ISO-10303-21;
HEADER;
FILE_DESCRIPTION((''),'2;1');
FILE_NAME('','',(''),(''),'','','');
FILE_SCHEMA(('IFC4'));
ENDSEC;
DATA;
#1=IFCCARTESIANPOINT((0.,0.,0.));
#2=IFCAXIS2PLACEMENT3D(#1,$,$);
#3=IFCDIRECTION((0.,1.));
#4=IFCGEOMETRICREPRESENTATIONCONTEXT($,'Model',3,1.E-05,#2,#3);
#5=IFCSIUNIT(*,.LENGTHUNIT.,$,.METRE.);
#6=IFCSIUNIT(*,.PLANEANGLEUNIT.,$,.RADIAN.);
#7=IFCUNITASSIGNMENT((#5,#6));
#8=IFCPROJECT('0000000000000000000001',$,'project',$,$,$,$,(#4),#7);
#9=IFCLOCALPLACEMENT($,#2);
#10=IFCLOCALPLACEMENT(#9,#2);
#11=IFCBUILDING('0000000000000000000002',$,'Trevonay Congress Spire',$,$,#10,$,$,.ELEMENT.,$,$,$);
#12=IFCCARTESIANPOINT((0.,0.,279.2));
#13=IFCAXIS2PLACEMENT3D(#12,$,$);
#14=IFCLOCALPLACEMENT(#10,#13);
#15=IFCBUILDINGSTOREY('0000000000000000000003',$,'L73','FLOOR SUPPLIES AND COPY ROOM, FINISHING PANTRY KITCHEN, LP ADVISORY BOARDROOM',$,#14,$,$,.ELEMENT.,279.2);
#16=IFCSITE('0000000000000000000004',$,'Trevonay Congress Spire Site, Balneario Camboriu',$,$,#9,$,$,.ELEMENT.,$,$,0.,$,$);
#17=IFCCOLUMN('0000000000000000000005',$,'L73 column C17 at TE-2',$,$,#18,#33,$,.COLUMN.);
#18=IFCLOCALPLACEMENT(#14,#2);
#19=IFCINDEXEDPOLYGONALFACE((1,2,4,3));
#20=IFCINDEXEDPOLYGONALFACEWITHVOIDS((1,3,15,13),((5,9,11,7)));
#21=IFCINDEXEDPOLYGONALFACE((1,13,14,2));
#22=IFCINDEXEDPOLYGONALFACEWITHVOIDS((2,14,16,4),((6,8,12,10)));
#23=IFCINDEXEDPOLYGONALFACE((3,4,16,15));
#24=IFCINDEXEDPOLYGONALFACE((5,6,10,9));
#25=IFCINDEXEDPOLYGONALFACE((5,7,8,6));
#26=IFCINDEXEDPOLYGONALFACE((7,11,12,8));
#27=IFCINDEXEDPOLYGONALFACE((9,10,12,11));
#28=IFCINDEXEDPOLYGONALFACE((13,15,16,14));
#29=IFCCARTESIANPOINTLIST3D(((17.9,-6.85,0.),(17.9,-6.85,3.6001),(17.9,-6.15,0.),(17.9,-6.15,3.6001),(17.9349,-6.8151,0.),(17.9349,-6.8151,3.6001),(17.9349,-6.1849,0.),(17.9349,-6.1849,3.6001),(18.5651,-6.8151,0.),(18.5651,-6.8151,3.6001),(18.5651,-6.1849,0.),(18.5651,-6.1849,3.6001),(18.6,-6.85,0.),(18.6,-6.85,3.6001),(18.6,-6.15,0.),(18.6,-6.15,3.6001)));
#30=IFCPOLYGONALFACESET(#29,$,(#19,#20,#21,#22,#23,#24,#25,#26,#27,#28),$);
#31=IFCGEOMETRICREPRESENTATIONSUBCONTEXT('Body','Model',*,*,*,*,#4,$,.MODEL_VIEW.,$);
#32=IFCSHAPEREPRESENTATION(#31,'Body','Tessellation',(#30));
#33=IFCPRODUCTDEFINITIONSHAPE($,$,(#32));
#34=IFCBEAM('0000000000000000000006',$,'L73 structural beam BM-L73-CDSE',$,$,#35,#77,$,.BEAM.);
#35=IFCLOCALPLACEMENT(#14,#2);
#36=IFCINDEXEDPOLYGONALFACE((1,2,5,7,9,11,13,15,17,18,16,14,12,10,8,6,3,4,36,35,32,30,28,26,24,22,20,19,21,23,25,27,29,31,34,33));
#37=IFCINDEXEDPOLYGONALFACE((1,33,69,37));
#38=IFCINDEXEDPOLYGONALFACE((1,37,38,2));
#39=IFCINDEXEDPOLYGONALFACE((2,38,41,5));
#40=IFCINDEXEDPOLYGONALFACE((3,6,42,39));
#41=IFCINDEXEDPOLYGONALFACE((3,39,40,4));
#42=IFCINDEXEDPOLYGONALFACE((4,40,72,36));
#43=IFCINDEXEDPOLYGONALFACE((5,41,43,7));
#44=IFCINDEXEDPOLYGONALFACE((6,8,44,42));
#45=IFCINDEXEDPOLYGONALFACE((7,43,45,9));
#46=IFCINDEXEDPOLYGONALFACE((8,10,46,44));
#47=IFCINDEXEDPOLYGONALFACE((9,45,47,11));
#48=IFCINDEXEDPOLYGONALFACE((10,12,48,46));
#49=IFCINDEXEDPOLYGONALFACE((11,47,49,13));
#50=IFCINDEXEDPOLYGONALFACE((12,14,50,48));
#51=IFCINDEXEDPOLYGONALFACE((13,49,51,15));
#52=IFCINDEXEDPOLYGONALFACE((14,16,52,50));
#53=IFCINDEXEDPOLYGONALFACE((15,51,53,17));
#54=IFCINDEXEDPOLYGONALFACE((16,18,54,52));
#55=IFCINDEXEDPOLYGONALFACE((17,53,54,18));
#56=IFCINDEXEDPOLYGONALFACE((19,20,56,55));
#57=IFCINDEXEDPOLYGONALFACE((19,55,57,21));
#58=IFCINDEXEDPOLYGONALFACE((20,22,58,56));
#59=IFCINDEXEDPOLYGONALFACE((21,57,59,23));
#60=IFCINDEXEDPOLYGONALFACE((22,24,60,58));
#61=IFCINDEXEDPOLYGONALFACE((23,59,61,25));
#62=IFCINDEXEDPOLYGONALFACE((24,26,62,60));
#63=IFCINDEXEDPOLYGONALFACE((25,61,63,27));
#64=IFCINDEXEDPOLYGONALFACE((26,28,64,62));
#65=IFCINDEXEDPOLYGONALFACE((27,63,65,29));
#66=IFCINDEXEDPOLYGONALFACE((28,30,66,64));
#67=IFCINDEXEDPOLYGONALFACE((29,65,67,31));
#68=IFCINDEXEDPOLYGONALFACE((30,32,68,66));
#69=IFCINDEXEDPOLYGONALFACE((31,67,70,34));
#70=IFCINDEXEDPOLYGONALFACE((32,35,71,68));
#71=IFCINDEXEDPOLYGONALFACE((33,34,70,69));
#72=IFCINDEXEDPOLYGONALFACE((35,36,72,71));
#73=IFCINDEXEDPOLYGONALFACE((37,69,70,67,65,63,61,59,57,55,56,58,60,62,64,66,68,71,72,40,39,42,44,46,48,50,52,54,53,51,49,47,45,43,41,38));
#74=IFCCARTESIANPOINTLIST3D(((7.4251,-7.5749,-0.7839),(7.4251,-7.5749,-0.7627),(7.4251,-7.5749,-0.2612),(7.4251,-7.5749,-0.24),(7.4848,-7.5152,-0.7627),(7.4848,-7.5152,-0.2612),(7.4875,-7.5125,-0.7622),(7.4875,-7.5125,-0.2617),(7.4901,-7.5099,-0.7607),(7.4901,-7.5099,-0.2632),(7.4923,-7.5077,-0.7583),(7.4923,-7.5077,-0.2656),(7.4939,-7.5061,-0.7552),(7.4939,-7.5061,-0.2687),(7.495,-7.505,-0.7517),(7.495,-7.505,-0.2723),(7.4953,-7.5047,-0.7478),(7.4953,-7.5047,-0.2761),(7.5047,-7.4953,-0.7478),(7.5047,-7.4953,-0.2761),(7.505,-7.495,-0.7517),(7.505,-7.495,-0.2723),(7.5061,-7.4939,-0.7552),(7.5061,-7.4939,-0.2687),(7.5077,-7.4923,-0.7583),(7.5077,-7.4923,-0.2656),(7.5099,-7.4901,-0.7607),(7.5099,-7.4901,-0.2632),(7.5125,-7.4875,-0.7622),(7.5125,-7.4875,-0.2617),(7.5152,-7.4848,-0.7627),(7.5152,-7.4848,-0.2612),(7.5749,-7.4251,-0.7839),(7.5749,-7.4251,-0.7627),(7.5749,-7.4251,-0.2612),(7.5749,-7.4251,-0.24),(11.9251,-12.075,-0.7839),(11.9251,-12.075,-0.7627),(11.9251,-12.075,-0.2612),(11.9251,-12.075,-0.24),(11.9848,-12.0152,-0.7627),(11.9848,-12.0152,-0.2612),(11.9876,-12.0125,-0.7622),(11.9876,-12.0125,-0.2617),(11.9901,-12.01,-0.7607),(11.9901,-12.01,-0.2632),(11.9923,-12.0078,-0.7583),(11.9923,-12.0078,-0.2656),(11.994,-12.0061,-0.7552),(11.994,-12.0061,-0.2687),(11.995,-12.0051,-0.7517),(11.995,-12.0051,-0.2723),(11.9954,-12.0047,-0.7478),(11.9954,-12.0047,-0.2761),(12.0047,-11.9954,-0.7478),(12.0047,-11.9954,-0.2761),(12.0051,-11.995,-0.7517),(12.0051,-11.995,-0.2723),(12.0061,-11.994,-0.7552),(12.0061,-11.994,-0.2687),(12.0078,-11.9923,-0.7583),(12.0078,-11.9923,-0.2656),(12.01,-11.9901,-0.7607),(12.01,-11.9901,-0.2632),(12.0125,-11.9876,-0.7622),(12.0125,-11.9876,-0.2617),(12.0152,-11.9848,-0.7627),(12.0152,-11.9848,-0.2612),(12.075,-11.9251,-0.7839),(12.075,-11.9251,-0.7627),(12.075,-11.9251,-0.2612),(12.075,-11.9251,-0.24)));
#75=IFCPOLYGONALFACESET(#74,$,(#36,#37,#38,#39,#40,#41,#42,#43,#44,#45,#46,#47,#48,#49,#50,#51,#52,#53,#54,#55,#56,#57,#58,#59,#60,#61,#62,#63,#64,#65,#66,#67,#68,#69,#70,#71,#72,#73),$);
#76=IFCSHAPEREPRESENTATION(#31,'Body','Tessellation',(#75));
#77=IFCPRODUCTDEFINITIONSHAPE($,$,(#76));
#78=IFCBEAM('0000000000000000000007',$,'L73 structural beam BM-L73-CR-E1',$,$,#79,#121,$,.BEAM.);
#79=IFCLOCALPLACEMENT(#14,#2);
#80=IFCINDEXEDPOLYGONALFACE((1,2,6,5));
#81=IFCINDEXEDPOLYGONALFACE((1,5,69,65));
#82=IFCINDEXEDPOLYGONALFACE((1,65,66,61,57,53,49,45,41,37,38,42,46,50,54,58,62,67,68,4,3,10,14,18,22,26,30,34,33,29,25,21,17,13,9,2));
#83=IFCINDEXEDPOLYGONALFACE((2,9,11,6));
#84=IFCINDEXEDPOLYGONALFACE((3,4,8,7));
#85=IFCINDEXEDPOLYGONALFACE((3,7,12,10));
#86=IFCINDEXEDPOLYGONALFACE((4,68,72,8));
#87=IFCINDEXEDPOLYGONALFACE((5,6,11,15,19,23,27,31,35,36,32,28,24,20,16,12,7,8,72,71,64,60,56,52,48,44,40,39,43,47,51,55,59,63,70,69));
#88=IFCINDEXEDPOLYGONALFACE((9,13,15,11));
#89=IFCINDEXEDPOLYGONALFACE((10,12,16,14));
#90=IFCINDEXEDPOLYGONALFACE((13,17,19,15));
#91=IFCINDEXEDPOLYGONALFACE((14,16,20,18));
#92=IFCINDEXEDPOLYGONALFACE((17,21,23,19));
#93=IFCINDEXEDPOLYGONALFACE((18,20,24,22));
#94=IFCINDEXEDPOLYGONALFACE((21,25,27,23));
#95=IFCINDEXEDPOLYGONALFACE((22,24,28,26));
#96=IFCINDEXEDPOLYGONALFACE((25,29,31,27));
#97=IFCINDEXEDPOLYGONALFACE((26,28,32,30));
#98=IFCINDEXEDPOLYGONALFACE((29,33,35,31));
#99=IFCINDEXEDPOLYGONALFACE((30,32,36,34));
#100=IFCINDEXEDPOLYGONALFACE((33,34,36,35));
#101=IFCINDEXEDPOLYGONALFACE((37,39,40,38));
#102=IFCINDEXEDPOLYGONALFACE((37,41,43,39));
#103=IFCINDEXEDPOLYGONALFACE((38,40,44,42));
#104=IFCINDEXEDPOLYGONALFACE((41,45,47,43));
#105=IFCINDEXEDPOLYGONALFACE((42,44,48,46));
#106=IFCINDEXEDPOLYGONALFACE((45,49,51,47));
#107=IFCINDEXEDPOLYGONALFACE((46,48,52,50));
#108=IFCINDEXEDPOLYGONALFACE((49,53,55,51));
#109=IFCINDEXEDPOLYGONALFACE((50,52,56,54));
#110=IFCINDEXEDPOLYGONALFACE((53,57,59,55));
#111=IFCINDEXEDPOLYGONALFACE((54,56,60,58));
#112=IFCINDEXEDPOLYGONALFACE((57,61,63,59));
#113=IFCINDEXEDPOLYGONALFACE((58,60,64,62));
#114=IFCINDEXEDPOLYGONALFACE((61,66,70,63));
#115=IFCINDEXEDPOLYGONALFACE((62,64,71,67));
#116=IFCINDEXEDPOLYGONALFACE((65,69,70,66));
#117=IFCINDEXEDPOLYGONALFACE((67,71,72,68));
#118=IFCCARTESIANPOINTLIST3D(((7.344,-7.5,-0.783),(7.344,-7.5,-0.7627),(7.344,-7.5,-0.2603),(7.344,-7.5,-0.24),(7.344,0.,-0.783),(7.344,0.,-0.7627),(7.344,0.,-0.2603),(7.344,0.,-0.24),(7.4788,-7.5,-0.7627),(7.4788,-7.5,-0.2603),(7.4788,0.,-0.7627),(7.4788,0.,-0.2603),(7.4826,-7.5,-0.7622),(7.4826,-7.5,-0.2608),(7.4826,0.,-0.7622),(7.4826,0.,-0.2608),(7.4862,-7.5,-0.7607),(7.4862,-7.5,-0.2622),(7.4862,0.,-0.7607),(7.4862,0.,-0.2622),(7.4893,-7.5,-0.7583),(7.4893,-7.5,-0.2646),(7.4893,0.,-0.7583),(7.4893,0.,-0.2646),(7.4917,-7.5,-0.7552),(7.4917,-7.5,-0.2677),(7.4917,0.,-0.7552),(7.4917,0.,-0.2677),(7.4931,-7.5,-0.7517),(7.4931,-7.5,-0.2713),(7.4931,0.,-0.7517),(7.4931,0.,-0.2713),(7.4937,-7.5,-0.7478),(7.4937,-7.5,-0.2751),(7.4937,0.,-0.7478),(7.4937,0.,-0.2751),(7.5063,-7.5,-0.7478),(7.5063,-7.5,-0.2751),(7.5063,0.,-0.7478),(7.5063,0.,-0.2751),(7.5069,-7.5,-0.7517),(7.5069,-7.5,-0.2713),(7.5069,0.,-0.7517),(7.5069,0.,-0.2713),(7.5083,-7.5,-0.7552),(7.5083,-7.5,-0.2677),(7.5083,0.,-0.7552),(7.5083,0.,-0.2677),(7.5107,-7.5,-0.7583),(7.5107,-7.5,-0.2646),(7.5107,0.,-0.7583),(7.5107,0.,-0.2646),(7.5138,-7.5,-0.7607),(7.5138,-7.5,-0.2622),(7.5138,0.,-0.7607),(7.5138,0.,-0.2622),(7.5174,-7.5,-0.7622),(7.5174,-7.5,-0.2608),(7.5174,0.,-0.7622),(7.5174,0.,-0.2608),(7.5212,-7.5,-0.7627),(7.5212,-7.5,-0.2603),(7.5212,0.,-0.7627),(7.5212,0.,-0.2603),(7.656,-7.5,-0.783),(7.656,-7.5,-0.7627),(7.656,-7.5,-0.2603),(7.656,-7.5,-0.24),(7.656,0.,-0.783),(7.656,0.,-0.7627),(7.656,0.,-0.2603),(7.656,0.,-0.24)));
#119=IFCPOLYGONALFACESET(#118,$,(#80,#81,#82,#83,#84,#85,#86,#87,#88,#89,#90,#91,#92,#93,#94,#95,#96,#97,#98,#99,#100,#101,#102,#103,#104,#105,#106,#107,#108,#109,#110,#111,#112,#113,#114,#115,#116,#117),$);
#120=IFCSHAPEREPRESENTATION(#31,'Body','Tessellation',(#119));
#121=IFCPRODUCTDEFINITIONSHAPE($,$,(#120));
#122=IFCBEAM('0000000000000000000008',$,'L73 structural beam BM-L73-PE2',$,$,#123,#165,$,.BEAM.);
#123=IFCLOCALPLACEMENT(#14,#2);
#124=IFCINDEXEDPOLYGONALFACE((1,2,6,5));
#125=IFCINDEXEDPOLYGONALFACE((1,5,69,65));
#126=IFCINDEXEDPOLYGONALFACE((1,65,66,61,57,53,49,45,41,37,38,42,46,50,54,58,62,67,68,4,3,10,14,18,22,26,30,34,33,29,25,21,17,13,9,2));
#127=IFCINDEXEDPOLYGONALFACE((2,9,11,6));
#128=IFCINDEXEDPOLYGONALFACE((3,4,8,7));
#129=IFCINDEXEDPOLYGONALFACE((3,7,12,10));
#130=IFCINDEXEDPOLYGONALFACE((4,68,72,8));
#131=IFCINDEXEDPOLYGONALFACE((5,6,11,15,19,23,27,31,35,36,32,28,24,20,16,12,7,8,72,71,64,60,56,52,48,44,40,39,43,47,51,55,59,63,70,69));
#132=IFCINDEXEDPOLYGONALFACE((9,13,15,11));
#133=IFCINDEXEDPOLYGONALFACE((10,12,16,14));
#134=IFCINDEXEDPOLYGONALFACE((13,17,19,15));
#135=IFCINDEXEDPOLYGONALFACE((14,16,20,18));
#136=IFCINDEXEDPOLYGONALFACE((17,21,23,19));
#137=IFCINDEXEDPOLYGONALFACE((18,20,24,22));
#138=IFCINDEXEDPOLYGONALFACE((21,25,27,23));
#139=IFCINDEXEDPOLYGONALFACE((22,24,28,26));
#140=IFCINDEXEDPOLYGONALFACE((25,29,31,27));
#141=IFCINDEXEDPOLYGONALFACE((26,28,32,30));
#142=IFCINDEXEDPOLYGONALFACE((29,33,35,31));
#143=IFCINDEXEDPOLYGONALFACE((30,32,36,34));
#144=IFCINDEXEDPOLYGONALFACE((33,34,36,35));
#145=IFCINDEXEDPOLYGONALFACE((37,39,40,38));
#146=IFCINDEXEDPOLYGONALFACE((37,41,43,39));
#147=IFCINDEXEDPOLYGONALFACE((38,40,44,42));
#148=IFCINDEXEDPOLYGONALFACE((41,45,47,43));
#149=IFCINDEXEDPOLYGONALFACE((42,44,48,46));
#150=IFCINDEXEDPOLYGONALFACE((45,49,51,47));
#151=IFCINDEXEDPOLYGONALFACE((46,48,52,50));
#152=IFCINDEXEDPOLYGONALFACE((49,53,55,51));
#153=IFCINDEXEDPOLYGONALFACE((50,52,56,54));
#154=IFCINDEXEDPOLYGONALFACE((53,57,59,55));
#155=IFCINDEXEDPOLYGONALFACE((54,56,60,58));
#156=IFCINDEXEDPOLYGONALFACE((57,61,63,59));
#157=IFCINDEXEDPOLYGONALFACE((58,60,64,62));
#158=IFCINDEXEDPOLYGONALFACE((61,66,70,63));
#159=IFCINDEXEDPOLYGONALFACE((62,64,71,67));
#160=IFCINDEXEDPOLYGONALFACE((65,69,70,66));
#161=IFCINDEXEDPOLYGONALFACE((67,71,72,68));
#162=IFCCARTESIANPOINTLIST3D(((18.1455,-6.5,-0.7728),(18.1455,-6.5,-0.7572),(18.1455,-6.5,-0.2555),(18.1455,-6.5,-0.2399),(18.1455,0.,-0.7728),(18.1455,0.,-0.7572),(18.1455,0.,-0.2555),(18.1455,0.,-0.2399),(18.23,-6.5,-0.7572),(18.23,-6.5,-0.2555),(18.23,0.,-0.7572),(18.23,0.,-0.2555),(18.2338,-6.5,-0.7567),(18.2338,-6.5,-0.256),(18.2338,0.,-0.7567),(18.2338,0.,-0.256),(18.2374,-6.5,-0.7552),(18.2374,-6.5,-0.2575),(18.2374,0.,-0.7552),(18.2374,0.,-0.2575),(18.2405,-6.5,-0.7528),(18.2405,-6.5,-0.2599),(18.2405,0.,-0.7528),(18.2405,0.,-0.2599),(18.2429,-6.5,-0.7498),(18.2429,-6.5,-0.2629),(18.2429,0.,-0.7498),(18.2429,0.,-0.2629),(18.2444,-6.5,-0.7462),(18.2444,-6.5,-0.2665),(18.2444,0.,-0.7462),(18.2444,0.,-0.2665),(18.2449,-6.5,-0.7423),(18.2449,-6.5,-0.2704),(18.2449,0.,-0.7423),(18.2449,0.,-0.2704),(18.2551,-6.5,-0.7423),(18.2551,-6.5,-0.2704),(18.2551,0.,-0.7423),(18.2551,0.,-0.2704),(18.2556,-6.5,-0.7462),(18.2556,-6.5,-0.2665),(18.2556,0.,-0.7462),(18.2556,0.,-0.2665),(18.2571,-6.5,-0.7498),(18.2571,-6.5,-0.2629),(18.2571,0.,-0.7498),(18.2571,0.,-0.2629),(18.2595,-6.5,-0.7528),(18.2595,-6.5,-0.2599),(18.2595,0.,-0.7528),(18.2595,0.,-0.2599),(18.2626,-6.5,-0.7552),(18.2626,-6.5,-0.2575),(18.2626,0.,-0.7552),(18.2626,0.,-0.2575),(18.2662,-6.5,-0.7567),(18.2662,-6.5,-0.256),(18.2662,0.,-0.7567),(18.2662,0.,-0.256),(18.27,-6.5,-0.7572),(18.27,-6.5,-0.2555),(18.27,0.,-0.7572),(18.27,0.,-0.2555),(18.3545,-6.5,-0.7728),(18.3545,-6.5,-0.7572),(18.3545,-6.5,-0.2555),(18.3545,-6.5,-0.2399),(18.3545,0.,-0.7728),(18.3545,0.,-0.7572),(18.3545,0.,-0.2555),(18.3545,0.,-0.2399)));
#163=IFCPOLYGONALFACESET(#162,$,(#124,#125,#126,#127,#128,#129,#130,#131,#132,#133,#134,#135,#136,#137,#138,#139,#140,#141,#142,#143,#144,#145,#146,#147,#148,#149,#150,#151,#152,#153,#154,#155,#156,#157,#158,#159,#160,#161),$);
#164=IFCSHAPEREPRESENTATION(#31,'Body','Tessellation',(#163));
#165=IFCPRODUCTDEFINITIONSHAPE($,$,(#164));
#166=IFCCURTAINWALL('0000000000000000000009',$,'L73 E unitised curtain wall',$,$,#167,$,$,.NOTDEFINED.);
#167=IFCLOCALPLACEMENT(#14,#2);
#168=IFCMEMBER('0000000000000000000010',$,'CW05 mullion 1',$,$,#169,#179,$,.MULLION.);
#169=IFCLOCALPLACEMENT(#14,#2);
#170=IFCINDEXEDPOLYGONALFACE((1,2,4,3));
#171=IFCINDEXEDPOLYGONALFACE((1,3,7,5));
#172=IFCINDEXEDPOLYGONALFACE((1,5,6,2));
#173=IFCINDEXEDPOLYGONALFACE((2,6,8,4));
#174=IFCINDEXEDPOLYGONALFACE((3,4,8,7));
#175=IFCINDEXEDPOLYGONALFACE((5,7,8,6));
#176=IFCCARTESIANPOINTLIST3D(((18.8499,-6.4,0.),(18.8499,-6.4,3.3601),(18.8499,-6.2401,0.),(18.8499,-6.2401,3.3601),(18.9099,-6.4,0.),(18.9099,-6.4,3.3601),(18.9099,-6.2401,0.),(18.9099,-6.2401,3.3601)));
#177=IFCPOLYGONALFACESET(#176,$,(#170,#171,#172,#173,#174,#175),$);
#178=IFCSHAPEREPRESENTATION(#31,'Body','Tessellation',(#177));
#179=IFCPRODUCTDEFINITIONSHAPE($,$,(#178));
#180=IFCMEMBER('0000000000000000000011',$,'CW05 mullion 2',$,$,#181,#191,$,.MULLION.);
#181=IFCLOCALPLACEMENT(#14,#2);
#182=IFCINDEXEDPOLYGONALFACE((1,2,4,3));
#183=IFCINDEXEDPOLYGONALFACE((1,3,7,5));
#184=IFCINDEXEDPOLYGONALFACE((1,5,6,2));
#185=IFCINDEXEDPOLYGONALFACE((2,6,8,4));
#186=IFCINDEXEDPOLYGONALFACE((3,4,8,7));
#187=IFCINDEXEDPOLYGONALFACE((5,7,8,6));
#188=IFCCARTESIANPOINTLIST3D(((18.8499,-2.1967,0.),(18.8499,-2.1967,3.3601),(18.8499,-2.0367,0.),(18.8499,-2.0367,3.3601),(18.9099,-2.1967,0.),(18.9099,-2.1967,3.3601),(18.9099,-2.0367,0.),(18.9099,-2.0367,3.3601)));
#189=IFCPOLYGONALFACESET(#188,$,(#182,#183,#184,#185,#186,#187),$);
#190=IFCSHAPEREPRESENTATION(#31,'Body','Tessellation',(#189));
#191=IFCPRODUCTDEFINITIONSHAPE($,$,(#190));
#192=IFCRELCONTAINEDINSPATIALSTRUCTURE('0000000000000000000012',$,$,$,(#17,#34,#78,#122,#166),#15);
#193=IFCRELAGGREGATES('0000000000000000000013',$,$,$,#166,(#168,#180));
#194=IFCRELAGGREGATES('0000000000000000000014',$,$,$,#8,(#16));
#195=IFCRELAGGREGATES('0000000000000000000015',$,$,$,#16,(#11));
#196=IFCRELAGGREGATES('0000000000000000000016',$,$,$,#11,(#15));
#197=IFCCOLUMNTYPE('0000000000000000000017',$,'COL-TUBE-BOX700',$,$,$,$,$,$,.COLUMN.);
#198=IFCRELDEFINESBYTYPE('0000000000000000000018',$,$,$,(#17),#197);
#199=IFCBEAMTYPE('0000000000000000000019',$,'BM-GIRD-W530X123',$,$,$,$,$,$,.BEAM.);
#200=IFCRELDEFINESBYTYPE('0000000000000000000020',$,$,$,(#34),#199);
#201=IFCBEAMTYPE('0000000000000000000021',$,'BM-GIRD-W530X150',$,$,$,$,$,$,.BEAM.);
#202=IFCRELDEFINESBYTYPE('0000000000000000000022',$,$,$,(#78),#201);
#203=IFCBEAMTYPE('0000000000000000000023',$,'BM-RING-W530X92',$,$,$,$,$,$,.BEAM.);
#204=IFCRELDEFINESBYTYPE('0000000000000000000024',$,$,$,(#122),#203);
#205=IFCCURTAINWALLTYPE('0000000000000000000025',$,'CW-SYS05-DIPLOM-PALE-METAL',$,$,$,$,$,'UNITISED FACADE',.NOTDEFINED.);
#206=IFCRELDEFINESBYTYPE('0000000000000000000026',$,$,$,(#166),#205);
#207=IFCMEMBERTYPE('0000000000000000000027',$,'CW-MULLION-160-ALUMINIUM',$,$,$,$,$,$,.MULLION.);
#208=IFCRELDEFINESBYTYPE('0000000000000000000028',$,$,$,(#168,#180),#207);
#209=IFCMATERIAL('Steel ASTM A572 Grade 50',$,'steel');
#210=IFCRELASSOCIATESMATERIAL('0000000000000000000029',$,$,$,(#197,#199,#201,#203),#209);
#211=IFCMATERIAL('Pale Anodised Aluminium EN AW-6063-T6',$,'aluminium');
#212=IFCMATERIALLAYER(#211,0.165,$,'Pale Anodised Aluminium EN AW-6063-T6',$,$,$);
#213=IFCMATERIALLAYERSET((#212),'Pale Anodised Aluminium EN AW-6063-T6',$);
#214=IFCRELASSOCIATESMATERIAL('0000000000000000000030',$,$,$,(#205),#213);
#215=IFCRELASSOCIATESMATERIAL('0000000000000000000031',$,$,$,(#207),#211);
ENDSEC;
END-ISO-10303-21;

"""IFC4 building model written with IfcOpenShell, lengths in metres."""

from ifc_helpers import new_model, si_unit, direction, frame, origin, origin_2d, place, context, subcontext, project, spatial, rectangle, hollow_rectangle, i_section, extrude, material, layer, layer_set, material_profile, profile_set, type_object, element, aggregate, save


model = new_model("IFC4")

# Units and contexts
model_context = context("Model", 3, precision=1e-05, world=origin(), true_north=direction((0.0, 1.0)))
body_context = subcontext(model_context, "Body", "Model", "MODEL_VIEW")
ifc_project = project(units=[si_unit("LENGTHUNIT", "METRE"), si_unit("PLANEANGLEUNIT", "RADIAN")], contexts=[model_context])

# Site, building, storey
site_placement = place(None, origin())
site = spatial("IfcSite", under=ifc_project, at=site_placement, Name="Trevonay Congress Spire Site, Balneario Camboriu", CompositionType="ELEMENT", RefElevation=0.0)
building_placement = place(site_placement, origin())
building = spatial("IfcBuilding", under=site, at=building_placement, Name="Trevonay Congress Spire", CompositionType="ELEMENT")
storey_placement = place(building_placement, frame((0.0, 0.0, 279.2)))
storey = spatial("IfcBuildingStorey", under=building, at=storey_placement, Name="L73", Description="FLOOR SUPPLIES AND COPY ROOM, FINISHING PANTRY KITCHEN, LP ADVISORY BOARDROOM", CompositionType="ELEMENT", Elevation=279.2)

# Column
ifc_material_1 = material(Name="Steel ASTM A572 Grade 50", Category="steel")
ifc_material_profile_1 = material_profile(ifc_material_1, hollow_rectangle(XDim=0.7, YDim=0.7, WallThickness=0.0349, at=origin_2d()), Name="BOX 700x700x35")
ifc_profile_set_1 = profile_set([ifc_material_profile_1], Name="Steel ASTM A572 Grade 50")
column_type = type_object("IfcColumnType", Name="COL-TUBE-BOX700", PredefinedType="COLUMN", material=ifc_profile_set_1)
column_placement = place(storey_placement, frame((18.25, -6.5, 0.0), z_axis=(0.0, 0.0, 1.0), x_axis=(1.0, 0.0, 0.0)))
element("IfcColumn", 1, at=column_placement, inside=storey, type_object=column_type, Name="L73 column C17 at TE-2", PredefinedType="COLUMN", context=body_context, shape_type="SweptSolid", body=[
    extrude(hollow_rectangle(XDim=0.7, YDim=0.7, WallThickness=0.0349, at=origin_2d()), origin(), (0.0, 0.0, 1.0), 3.6001),
])

# Beams
ifc_material_profile_2 = material_profile(ifc_material_1, i_section(OverallWidth=0.2119, OverallDepth=0.5439, WebThickness=0.0132, FlangeThickness=0.0212, FilletRadius=0.0149, at=origin_2d()), Name="W530x123")
ifc_profile_set_2 = profile_set([ifc_material_profile_2], Name="Steel ASTM A572 Grade 50")
beam_type_1 = type_object("IfcBeamType", Name="BM-GIRD-W530X123", PredefinedType="BEAM", material=ifc_profile_set_2)
beam_1_placement = place(storey_placement, frame((7.5, -7.5, -0.512), z_axis=(0.707107, -0.707107, 0.0), x_axis=(0.707107, 0.707107, 0.0)))
element("IfcBeam", 2, at=beam_1_placement, inside=storey, type_object=beam_type_1, Name="L73 structural beam BM-L73-CDSE", PredefinedType="BEAM", context=body_context, shape_type="SweptSolid", body=[
    extrude(i_section(OverallWidth=0.2119, OverallDepth=0.5439, WebThickness=0.0132, FlangeThickness=0.0212, FilletRadius=0.0149, at=origin_2d()), origin(), (0.0, 0.0, 1.0), 6.364),
])
ifc_material_profile_3 = material_profile(ifc_material_1, i_section(OverallWidth=0.312, OverallDepth=0.543, WebThickness=0.0127, FlangeThickness=0.0203, FilletRadius=0.0149, at=origin_2d()), Name="W530x150")
ifc_profile_set_3 = profile_set([ifc_material_profile_3], Name="Steel ASTM A572 Grade 50")
beam_type_2 = type_object("IfcBeamType", Name="BM-GIRD-W530X150", PredefinedType="BEAM", material=ifc_profile_set_3)
beam_2_placement = place(storey_placement, frame((7.5, -7.5, -0.5115), z_axis=(0.0, 1.0, 0.0), x_axis=(-1.0, 0.0, 0.0)))
element("IfcBeam", 3, at=beam_2_placement, inside=storey, type_object=beam_type_2, Name="L73 structural beam BM-L73-CR-E1", PredefinedType="BEAM", context=body_context, shape_type="SweptSolid", body=[
    extrude(i_section(OverallWidth=0.312, OverallDepth=0.543, WebThickness=0.0127, FlangeThickness=0.0203, FilletRadius=0.0149, at=origin_2d()), origin(), (0.0, 0.0, 1.0), 7.5),
])
ifc_material_profile_4 = material_profile(ifc_material_1, i_section(OverallWidth=0.209, OverallDepth=0.533, WebThickness=0.0103, FlangeThickness=0.0156, FilletRadius=0.0149, at=origin_2d()), Name="W530x92")
ifc_profile_set_4 = profile_set([ifc_material_profile_4], Name="Steel ASTM A572 Grade 50")
beam_type_3 = type_object("IfcBeamType", Name="BM-RING-W530X92", PredefinedType="BEAM", material=ifc_profile_set_4)
beam_3_placement = place(storey_placement, frame((18.25, -6.5, -0.5063), z_axis=(0.0, 1.0, 0.0), x_axis=(-1.0, 0.0, 0.0)))
element("IfcBeam", 4, at=beam_3_placement, inside=storey, type_object=beam_type_3, Name="L73 structural beam BM-L73-PE2", PredefinedType="BEAM", context=body_context, shape_type="SweptSolid", body=[
    extrude(i_section(OverallWidth=0.209, OverallDepth=0.533, WebThickness=0.0103, FlangeThickness=0.0156, FilletRadius=0.0149, at=origin_2d()), origin(), (0.0, 0.0, 1.0), 6.5),
])

# Curtain wall, members
ifc_material_2 = material(Name="Pale Anodised Aluminium EN AW-6063-T6", Category="aluminium")
ifc_layer_1 = layer(ifc_material_2, 0.165, Name="Pale Anodised Aluminium EN AW-6063-T6")
ifc_layer_set_1 = layer_set([ifc_layer_1], Name="Pale Anodised Aluminium EN AW-6063-T6")
curtain_wall_type = type_object("IfcCurtainWallType", Name="CW-SYS05-DIPLOM-PALE-METAL", ElementType="UNITISED FACADE", PredefinedType="NOTDEFINED", material=ifc_layer_set_1)
curtain_wall_placement = place(storey_placement, origin())
curtain_wall = element("IfcCurtainWall", 5, at=curtain_wall_placement, inside=storey, type_object=curtain_wall_type, Name="L73 E unitised curtain wall", PredefinedType="NOTDEFINED")
ifc_material_profile_5 = material_profile(ifc_material_2, rectangle(XDim=0.0601, YDim=0.1599, at=origin_2d()), Name="CW-MULLION-160-ALUMINIUM")
ifc_profile_set_5 = profile_set([ifc_material_profile_5], Name="Pale Anodised Aluminium EN AW-6063-T6")
member_type_1 = type_object("IfcMemberType", Name="CW-MULLION-160-ALUMINIUM", PredefinedType="MULLION", material=ifc_profile_set_5)
member_1_placement = place(storey_placement, frame((18.8799, -6.3201, 0.0), z_axis=(0.0, 0.0, 1.0), x_axis=(-1.0, 0.0, 0.0)))
member_1 = element("IfcMember", 6, at=member_1_placement, type_object=member_type_1, Name="CW05 mullion 1", PredefinedType="MULLION", context=body_context, shape_type="SweptSolid", body=[
    extrude(rectangle(XDim=0.0601, YDim=0.1599, at=origin_2d()), origin(), (0.0, 0.0, 1.0), 3.3601),
])
member_2_placement = place(storey_placement, frame((18.8799, -2.1167, 0.0), z_axis=(0.0, 0.0, 1.0), x_axis=(-1.0, 0.0, 0.0)))
member_2 = element("IfcMember", 7, at=member_2_placement, type_object=member_type_1, Name="CW05 mullion 2", PredefinedType="MULLION", context=body_context, shape_type="SweptSolid", body=[
    extrude(rectangle(XDim=0.0601, YDim=0.1599, at=origin_2d()), origin(), (0.0, 0.0, 1.0), 3.3601),
])
aggregate(curtain_wall, [member_1, member_2])

save(model, "model.ifc")
